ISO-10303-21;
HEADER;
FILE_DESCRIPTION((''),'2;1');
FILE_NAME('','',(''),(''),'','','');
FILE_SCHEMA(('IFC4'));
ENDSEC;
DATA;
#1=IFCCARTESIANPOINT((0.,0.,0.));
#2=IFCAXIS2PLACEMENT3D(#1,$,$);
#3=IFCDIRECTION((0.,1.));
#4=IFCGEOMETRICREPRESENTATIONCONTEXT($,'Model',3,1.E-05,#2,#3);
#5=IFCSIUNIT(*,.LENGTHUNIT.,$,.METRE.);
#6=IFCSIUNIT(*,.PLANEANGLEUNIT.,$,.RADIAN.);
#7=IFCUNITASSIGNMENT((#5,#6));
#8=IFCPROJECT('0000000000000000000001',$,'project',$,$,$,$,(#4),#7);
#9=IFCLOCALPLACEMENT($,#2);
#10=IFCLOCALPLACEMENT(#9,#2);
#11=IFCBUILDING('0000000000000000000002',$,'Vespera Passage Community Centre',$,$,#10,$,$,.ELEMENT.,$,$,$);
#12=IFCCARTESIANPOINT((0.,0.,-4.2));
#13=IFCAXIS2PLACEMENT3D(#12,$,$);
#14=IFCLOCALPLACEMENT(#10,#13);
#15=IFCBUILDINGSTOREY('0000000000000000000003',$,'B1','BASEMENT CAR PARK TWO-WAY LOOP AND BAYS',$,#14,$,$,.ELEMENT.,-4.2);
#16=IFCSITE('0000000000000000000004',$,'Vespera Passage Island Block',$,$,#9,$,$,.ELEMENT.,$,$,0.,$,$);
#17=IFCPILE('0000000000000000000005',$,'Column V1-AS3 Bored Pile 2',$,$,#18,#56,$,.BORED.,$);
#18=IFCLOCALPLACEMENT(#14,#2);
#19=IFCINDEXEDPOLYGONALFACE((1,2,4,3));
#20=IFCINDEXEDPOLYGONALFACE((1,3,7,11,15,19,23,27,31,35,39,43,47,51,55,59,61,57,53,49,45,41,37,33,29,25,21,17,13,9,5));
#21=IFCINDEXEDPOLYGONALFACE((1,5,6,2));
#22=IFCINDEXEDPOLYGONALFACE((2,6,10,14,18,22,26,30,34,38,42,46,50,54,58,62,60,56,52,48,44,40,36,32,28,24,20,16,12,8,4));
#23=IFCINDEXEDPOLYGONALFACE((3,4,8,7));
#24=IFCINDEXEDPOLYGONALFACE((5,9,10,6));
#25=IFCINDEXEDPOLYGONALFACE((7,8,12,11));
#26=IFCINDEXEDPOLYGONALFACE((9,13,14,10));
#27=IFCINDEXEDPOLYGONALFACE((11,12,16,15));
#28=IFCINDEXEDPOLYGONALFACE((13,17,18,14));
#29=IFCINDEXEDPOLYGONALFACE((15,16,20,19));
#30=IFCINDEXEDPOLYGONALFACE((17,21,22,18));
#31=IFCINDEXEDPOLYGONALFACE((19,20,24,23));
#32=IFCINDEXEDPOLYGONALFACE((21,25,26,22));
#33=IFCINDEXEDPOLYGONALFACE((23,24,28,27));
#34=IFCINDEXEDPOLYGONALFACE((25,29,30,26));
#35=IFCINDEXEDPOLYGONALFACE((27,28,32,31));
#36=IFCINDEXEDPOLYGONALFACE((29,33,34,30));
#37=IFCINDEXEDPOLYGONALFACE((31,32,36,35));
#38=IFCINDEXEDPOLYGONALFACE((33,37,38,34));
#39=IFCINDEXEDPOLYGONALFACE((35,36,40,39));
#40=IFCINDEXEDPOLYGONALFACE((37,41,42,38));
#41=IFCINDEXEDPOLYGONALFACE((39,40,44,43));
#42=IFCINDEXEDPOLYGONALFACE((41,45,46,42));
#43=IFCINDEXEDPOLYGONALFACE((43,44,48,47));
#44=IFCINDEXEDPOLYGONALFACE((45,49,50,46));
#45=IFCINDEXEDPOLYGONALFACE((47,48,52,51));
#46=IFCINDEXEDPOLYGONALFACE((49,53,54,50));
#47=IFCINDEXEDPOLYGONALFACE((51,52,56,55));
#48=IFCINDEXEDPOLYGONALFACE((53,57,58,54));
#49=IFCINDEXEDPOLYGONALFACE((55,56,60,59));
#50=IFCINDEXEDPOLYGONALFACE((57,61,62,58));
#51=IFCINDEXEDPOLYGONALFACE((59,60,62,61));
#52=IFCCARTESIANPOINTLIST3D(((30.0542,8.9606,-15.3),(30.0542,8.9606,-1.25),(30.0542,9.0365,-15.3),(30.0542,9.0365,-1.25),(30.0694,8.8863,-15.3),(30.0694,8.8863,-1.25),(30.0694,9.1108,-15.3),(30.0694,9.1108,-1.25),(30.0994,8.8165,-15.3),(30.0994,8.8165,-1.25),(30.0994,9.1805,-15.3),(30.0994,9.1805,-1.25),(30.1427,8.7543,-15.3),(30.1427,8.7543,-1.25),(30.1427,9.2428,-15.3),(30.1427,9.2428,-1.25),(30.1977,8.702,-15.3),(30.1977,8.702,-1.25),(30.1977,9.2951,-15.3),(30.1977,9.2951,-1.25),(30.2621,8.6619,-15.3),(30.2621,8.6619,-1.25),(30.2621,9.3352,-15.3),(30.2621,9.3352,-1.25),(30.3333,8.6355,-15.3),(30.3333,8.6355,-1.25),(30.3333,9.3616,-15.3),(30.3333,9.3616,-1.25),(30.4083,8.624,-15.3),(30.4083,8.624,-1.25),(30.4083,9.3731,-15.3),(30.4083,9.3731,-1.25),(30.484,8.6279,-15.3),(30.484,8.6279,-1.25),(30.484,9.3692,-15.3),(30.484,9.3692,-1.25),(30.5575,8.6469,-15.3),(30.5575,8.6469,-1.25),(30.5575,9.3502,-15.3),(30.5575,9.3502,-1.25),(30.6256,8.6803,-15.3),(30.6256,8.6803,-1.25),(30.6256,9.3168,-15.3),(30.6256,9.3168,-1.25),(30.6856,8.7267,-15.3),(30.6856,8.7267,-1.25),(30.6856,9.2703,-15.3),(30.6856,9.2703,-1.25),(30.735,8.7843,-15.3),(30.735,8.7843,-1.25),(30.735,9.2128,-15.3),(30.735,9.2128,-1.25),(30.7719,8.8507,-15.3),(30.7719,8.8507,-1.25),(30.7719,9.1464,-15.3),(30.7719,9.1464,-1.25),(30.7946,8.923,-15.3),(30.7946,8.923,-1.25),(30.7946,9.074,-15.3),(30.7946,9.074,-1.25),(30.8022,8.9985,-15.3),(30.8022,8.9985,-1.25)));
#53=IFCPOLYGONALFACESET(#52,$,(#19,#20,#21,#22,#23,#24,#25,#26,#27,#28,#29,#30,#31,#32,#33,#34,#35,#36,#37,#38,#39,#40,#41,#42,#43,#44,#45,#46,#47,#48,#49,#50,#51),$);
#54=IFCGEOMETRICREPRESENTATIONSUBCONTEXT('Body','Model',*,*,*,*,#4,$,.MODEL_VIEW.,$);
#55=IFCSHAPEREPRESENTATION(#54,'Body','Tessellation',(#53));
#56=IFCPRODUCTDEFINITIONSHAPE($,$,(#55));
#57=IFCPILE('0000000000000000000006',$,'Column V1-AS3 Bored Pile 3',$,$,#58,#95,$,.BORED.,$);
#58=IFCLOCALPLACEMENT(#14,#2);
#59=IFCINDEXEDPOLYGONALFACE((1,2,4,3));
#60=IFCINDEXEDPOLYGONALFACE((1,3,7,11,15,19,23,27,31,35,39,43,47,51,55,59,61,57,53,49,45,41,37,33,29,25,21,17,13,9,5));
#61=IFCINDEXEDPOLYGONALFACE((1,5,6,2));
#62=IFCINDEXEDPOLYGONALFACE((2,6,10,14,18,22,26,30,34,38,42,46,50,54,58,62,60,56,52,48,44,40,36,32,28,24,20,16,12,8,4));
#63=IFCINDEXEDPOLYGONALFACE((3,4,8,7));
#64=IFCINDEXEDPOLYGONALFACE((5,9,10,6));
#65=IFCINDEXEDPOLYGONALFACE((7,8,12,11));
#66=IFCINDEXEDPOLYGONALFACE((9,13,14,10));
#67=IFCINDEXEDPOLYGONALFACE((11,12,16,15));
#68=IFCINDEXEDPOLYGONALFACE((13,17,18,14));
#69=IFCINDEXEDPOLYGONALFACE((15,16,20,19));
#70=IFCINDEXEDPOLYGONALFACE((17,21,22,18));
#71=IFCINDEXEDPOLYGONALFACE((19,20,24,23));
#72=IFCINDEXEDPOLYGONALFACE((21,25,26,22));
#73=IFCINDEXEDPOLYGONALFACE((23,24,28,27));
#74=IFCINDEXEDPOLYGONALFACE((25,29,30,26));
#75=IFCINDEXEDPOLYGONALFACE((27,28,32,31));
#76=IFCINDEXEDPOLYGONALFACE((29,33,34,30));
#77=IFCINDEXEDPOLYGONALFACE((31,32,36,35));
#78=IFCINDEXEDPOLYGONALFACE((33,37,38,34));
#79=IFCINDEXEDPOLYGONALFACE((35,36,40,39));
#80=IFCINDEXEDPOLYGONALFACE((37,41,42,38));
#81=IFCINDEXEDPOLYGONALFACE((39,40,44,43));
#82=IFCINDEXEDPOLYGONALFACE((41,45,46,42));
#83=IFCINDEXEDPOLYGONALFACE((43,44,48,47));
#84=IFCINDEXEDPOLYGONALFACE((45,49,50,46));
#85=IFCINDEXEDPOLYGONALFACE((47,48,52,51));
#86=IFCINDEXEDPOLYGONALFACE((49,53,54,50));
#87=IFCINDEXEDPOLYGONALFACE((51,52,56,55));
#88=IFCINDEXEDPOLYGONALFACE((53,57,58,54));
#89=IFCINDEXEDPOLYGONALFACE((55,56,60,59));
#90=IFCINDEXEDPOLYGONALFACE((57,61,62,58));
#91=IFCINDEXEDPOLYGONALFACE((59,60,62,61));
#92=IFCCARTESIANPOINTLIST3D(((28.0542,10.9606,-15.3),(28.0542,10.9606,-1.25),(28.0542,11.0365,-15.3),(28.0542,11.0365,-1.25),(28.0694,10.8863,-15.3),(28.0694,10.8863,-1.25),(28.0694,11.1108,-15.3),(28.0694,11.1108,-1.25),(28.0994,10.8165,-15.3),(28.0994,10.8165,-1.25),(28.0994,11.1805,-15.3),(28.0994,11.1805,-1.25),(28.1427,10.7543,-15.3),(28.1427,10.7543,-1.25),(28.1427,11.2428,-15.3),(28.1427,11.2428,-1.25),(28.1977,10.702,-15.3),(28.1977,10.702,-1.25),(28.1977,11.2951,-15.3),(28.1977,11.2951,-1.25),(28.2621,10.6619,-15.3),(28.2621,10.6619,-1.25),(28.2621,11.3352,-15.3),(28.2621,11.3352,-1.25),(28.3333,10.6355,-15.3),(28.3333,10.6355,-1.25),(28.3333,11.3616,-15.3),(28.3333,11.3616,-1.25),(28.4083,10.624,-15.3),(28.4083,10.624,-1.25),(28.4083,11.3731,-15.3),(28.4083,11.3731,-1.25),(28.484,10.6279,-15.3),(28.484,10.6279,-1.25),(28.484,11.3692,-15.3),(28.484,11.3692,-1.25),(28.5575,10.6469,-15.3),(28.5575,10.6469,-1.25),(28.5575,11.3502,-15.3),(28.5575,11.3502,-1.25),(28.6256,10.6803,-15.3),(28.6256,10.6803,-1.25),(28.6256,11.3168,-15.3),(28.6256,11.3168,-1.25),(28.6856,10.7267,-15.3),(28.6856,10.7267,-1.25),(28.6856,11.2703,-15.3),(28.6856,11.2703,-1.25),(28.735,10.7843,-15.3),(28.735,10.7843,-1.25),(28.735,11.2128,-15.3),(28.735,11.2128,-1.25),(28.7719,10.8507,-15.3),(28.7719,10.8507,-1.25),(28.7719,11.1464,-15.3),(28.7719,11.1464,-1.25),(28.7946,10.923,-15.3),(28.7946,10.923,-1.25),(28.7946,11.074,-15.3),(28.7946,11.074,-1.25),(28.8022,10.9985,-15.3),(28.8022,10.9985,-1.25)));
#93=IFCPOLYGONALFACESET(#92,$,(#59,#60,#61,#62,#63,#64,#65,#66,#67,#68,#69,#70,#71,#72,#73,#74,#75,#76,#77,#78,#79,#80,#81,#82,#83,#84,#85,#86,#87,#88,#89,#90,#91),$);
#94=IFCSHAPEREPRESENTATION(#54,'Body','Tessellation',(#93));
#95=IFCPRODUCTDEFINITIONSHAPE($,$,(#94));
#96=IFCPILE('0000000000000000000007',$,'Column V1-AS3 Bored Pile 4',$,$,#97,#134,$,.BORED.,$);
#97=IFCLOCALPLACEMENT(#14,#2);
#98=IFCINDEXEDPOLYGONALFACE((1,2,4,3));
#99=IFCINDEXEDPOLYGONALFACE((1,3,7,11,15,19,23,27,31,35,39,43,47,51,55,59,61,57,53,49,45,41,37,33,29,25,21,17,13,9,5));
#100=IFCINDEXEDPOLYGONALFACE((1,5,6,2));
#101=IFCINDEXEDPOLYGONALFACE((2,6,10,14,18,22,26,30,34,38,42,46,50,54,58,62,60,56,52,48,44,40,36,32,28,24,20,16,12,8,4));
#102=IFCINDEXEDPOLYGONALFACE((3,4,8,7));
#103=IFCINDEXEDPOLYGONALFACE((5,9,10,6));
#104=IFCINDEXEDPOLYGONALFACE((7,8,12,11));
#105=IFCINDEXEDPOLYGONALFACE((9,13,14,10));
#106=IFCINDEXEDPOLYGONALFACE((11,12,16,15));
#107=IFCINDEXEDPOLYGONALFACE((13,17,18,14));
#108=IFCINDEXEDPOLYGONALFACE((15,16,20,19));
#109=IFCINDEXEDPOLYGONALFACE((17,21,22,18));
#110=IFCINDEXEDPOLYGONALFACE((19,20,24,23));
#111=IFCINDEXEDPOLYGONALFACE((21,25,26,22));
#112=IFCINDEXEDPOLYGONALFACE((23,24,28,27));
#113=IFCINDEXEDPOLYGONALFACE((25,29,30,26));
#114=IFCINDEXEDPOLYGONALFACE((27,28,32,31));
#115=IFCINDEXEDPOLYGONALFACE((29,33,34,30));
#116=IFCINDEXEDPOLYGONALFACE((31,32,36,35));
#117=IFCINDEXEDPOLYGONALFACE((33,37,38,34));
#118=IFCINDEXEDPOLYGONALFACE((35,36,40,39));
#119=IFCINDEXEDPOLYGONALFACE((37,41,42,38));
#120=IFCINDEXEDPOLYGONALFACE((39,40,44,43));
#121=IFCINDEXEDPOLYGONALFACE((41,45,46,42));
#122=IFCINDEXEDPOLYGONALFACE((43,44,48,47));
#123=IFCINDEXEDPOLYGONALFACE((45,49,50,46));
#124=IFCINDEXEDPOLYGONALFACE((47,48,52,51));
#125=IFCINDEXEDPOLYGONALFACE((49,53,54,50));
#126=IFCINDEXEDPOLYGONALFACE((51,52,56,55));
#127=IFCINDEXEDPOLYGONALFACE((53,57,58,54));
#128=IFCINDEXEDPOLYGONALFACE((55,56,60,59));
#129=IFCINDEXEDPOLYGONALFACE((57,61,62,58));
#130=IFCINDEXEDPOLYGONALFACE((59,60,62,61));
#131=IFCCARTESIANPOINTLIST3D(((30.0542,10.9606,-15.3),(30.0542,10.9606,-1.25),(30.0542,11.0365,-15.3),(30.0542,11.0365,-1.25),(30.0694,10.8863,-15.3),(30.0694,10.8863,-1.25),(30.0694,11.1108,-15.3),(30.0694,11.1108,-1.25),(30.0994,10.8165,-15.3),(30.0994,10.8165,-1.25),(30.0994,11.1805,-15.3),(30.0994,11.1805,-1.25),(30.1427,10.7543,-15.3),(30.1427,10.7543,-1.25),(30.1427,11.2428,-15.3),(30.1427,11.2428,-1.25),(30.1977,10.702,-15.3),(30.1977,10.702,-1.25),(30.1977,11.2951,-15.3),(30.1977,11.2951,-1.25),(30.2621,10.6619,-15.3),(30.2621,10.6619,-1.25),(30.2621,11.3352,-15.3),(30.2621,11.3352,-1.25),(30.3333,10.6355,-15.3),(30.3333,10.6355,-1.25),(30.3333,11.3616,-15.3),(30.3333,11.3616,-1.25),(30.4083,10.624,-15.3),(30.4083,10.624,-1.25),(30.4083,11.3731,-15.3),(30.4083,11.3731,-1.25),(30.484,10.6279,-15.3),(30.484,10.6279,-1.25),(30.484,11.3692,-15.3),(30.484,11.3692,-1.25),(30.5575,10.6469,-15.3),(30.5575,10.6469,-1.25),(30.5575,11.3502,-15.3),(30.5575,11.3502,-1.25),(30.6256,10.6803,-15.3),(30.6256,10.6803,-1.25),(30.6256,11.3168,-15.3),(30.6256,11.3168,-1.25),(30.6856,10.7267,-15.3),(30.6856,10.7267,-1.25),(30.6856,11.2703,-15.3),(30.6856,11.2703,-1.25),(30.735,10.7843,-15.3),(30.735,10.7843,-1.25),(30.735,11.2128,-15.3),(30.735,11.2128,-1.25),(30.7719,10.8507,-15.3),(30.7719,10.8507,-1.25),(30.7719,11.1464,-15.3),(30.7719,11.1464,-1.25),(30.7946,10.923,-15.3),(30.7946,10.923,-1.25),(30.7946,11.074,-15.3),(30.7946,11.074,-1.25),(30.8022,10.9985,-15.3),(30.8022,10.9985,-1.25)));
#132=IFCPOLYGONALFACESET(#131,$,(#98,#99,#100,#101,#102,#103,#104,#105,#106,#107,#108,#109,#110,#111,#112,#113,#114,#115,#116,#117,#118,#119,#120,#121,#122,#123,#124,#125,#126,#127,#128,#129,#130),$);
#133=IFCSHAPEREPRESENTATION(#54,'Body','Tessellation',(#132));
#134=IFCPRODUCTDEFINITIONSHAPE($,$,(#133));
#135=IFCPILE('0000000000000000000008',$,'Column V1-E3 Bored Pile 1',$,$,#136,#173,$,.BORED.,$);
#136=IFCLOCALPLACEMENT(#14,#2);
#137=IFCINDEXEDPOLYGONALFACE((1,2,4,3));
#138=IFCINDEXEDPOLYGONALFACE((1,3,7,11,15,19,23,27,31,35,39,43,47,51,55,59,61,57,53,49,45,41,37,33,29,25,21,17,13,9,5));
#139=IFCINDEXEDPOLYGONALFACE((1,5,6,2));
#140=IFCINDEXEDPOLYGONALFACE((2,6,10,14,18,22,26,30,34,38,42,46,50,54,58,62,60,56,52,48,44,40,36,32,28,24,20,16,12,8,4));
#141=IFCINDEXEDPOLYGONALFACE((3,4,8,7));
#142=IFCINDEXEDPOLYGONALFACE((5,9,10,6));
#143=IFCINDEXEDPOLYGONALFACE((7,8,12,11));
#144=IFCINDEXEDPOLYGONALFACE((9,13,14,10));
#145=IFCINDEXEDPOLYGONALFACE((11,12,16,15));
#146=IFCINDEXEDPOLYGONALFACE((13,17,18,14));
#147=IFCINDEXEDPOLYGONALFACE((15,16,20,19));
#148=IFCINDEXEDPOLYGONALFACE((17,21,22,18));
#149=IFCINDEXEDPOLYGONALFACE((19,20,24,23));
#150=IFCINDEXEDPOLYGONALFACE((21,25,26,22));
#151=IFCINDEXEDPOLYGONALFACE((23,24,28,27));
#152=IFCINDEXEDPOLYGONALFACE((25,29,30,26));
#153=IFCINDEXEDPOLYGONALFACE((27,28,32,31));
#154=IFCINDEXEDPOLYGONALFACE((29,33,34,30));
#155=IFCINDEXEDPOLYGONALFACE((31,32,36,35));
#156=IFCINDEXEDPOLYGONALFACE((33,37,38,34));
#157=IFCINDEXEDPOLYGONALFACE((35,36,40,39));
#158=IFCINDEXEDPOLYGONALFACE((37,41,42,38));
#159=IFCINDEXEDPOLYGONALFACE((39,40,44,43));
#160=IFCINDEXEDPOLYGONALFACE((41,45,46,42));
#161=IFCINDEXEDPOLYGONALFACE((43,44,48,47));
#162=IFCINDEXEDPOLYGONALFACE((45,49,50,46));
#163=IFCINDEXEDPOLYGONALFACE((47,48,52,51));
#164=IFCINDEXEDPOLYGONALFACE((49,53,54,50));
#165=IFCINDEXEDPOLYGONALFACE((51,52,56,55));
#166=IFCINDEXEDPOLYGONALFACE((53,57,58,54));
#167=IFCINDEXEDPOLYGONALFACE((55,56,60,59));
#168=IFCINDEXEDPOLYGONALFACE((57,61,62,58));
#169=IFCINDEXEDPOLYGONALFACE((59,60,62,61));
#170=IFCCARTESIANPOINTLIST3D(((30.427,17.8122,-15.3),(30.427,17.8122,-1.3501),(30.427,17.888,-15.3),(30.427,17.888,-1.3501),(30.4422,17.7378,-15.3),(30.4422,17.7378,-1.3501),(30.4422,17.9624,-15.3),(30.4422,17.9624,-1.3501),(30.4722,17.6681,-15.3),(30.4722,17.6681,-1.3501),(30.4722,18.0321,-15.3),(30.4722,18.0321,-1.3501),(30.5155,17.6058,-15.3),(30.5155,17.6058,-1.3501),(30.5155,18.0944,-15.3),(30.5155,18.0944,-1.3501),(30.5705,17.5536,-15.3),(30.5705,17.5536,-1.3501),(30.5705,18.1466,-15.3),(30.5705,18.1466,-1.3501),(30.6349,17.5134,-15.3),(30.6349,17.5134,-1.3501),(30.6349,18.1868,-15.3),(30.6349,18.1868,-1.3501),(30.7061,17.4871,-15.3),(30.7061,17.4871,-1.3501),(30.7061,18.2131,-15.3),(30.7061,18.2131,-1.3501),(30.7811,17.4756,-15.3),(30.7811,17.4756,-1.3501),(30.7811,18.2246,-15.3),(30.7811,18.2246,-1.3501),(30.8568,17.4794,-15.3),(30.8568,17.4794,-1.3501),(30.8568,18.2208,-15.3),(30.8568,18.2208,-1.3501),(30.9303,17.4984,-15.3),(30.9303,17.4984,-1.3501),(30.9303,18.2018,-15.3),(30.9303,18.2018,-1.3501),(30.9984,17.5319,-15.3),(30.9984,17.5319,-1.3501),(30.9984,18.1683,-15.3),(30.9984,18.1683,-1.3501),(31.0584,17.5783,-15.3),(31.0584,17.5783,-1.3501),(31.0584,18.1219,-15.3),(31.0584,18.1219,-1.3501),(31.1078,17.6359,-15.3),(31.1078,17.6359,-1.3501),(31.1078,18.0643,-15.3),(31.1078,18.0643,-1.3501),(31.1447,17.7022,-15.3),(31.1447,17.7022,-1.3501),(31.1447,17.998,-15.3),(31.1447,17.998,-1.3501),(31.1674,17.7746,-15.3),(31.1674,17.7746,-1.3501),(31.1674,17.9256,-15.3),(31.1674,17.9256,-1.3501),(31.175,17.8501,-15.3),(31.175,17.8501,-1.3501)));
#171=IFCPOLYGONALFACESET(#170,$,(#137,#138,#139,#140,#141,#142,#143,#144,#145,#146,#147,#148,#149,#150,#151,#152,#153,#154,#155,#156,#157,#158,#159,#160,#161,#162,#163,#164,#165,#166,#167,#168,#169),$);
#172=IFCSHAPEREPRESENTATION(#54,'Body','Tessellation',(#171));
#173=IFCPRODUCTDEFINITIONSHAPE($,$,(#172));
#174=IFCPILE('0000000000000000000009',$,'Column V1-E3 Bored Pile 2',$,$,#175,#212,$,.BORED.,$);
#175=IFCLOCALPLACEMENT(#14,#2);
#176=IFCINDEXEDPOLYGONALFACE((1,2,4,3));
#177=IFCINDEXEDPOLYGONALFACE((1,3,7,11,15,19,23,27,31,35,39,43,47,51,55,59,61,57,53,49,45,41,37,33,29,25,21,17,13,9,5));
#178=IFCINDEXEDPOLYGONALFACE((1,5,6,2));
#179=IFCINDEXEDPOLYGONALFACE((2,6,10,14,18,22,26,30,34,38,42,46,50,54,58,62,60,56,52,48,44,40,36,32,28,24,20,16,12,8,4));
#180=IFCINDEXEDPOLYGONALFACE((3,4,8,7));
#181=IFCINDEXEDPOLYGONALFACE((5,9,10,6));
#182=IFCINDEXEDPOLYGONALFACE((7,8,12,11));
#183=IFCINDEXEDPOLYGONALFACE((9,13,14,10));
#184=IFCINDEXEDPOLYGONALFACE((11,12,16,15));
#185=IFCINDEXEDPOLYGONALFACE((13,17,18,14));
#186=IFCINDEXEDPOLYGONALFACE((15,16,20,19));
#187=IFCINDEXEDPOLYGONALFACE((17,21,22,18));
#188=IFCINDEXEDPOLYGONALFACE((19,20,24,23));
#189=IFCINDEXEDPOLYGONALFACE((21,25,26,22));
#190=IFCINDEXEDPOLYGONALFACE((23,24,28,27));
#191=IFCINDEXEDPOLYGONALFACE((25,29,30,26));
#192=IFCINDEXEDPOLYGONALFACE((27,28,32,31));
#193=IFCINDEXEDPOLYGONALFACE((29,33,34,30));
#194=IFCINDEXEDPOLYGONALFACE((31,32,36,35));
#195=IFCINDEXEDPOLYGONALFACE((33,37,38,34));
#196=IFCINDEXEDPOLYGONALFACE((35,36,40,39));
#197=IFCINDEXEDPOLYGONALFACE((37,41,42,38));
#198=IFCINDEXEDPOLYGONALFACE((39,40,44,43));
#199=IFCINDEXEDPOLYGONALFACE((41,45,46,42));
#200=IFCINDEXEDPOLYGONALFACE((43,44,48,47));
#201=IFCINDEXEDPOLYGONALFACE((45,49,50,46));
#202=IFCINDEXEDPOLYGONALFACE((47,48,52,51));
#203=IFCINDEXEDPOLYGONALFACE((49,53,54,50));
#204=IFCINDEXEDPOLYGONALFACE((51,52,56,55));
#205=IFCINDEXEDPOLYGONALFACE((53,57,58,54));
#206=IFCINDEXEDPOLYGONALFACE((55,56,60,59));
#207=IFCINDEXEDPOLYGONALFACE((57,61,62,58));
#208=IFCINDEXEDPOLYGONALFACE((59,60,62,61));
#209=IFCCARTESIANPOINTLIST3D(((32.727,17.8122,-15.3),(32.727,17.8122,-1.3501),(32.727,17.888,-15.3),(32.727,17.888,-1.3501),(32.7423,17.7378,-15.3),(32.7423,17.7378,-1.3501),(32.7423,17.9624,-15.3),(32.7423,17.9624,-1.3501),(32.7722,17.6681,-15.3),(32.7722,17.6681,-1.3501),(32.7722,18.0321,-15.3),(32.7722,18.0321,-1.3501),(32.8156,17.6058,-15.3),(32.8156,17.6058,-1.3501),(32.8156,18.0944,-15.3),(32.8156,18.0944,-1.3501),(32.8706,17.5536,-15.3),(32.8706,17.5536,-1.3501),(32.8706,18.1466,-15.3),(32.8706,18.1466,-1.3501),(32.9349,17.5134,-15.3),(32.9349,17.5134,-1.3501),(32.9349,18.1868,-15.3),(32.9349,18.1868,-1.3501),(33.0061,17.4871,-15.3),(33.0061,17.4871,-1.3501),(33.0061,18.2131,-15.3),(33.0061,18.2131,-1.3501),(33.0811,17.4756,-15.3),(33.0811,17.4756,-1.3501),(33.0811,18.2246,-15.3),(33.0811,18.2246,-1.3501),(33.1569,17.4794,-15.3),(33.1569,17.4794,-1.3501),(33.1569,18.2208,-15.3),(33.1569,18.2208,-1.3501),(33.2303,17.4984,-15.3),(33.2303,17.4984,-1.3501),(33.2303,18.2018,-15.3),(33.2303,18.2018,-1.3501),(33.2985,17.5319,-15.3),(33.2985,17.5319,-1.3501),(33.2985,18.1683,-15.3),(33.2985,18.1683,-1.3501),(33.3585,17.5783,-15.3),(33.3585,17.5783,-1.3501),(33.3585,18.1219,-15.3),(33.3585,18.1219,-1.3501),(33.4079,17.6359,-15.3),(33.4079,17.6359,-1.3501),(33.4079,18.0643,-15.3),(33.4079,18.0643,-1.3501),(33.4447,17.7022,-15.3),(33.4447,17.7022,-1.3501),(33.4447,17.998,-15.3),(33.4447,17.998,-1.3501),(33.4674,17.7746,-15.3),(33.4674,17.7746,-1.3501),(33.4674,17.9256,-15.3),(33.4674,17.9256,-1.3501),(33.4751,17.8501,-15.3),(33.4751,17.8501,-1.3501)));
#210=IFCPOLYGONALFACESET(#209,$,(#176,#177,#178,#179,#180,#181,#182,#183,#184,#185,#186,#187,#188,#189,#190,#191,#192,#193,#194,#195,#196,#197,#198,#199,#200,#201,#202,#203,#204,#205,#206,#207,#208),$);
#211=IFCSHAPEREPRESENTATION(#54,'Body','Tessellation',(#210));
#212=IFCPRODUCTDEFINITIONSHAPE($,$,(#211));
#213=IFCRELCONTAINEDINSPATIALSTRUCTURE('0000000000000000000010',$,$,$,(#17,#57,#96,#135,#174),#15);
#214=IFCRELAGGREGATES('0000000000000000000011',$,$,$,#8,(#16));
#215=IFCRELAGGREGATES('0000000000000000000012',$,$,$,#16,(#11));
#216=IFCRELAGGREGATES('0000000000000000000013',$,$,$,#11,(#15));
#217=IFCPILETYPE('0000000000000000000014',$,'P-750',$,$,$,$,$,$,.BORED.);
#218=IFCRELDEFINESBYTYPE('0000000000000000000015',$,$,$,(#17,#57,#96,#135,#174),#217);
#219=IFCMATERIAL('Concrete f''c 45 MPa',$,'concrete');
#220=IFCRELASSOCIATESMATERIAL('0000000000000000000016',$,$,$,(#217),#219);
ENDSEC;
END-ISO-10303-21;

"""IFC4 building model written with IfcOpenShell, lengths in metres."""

from ifc_helpers import new_model, si_unit, direction, frame, origin, origin_2d, place, context, subcontext, project, spatial, circle, extrude, material, material_profile, profile_set, type_object, element, save


model = new_model("IFC4")

# Units and contexts
model_context = context("Model", 3, precision=1e-05, world=origin(), true_north=direction((0.0, 1.0)))
body_context = subcontext(model_context, "Body", "Model", "MODEL_VIEW")
ifc_project = project(units=[si_unit("LENGTHUNIT", "METRE"), si_unit("PLANEANGLEUNIT", "RADIAN")], contexts=[model_context])

# Site, building, storey
site_placement = place(None, origin())
site = spatial("IfcSite", under=ifc_project, at=site_placement, Name="Vespera Passage Island Block", CompositionType="ELEMENT", RefElevation=0.0)
building_placement = place(site_placement, origin())
building = spatial("IfcBuilding", under=site, at=building_placement, Name="Vespera Passage Community Centre", CompositionType="ELEMENT")
storey_placement = place(building_placement, frame((0.0, 0.0, -4.2)))
storey = spatial("IfcBuildingStorey", under=building, at=storey_placement, Name="B1", Description="BASEMENT CAR PARK TWO-WAY LOOP AND BAYS", CompositionType="ELEMENT", Elevation=-4.2)

# Piles
ifc_material_1 = material(Name="Concrete f'c 45 MPa", Category="concrete")
ifc_material_profile_1 = material_profile(ifc_material_1, circle(Radius=0.375, at=origin_2d()), Name="PILE750DIA")
ifc_profile_set_1 = profile_set([ifc_material_profile_1], Name="Concrete f'c 45 MPa")
pile_type_1 = type_object("IfcPileType", Name="P-750", PredefinedType="BORED", material=ifc_profile_set_1)
for number, where, z_axis, x_axis, name in (
    (1, (30.4272, 8.9985, -1.25), (0.0, 0.0, -1.0), (1.0, 0.0, 0.0), "Column V1-AS3 Bored Pile 2"),
    (2, (28.4272, 10.9985, -1.25), (0.0, 0.0, -1.0), (1.0, 0.0, 0.0), "Column V1-AS3 Bored Pile 3"),
    (3, (30.4272, 10.9985, -1.25), (0.0, 0.0, -1.0), (1.0, 0.0, 0.0), "Column V1-AS3 Bored Pile 4"),
):
    element("IfcPile", number, at=place(storey_placement, frame(where, z_axis=z_axis, x_axis=x_axis)), inside=storey, type_object=pile_type_1, Name=name, PredefinedType="BORED", context=body_context, shape_type="SweptSolid", body=[
        extrude(circle(Radius=0.375, at=origin_2d()), origin(), (0.0, 0.0, 1.0), 14.05),
    ])
for number, where, z_axis, x_axis, name in (
    (4, (30.8, 17.8501, -1.3501), (0.0, 0.0, -1.0), (1.0, 0.0, 0.0), "Column V1-E3 Bored Pile 1"),
    (5, (33.1001, 17.8501, -1.3501), (0.0, 0.0, -1.0), (1.0, 0.0, 0.0), "Column V1-E3 Bored Pile 2"),
):
    element("IfcPile", number, at=place(storey_placement, frame(where, z_axis=z_axis, x_axis=x_axis)), inside=storey, type_object=pile_type_1, Name=name, PredefinedType="BORED", context=body_context, shape_type="SweptSolid", body=[
        extrude(circle(Radius=0.375, at=origin_2d()), origin(), (0.0, 0.0, 1.0), 13.95),
    ])

save(model, "model.ifc")
